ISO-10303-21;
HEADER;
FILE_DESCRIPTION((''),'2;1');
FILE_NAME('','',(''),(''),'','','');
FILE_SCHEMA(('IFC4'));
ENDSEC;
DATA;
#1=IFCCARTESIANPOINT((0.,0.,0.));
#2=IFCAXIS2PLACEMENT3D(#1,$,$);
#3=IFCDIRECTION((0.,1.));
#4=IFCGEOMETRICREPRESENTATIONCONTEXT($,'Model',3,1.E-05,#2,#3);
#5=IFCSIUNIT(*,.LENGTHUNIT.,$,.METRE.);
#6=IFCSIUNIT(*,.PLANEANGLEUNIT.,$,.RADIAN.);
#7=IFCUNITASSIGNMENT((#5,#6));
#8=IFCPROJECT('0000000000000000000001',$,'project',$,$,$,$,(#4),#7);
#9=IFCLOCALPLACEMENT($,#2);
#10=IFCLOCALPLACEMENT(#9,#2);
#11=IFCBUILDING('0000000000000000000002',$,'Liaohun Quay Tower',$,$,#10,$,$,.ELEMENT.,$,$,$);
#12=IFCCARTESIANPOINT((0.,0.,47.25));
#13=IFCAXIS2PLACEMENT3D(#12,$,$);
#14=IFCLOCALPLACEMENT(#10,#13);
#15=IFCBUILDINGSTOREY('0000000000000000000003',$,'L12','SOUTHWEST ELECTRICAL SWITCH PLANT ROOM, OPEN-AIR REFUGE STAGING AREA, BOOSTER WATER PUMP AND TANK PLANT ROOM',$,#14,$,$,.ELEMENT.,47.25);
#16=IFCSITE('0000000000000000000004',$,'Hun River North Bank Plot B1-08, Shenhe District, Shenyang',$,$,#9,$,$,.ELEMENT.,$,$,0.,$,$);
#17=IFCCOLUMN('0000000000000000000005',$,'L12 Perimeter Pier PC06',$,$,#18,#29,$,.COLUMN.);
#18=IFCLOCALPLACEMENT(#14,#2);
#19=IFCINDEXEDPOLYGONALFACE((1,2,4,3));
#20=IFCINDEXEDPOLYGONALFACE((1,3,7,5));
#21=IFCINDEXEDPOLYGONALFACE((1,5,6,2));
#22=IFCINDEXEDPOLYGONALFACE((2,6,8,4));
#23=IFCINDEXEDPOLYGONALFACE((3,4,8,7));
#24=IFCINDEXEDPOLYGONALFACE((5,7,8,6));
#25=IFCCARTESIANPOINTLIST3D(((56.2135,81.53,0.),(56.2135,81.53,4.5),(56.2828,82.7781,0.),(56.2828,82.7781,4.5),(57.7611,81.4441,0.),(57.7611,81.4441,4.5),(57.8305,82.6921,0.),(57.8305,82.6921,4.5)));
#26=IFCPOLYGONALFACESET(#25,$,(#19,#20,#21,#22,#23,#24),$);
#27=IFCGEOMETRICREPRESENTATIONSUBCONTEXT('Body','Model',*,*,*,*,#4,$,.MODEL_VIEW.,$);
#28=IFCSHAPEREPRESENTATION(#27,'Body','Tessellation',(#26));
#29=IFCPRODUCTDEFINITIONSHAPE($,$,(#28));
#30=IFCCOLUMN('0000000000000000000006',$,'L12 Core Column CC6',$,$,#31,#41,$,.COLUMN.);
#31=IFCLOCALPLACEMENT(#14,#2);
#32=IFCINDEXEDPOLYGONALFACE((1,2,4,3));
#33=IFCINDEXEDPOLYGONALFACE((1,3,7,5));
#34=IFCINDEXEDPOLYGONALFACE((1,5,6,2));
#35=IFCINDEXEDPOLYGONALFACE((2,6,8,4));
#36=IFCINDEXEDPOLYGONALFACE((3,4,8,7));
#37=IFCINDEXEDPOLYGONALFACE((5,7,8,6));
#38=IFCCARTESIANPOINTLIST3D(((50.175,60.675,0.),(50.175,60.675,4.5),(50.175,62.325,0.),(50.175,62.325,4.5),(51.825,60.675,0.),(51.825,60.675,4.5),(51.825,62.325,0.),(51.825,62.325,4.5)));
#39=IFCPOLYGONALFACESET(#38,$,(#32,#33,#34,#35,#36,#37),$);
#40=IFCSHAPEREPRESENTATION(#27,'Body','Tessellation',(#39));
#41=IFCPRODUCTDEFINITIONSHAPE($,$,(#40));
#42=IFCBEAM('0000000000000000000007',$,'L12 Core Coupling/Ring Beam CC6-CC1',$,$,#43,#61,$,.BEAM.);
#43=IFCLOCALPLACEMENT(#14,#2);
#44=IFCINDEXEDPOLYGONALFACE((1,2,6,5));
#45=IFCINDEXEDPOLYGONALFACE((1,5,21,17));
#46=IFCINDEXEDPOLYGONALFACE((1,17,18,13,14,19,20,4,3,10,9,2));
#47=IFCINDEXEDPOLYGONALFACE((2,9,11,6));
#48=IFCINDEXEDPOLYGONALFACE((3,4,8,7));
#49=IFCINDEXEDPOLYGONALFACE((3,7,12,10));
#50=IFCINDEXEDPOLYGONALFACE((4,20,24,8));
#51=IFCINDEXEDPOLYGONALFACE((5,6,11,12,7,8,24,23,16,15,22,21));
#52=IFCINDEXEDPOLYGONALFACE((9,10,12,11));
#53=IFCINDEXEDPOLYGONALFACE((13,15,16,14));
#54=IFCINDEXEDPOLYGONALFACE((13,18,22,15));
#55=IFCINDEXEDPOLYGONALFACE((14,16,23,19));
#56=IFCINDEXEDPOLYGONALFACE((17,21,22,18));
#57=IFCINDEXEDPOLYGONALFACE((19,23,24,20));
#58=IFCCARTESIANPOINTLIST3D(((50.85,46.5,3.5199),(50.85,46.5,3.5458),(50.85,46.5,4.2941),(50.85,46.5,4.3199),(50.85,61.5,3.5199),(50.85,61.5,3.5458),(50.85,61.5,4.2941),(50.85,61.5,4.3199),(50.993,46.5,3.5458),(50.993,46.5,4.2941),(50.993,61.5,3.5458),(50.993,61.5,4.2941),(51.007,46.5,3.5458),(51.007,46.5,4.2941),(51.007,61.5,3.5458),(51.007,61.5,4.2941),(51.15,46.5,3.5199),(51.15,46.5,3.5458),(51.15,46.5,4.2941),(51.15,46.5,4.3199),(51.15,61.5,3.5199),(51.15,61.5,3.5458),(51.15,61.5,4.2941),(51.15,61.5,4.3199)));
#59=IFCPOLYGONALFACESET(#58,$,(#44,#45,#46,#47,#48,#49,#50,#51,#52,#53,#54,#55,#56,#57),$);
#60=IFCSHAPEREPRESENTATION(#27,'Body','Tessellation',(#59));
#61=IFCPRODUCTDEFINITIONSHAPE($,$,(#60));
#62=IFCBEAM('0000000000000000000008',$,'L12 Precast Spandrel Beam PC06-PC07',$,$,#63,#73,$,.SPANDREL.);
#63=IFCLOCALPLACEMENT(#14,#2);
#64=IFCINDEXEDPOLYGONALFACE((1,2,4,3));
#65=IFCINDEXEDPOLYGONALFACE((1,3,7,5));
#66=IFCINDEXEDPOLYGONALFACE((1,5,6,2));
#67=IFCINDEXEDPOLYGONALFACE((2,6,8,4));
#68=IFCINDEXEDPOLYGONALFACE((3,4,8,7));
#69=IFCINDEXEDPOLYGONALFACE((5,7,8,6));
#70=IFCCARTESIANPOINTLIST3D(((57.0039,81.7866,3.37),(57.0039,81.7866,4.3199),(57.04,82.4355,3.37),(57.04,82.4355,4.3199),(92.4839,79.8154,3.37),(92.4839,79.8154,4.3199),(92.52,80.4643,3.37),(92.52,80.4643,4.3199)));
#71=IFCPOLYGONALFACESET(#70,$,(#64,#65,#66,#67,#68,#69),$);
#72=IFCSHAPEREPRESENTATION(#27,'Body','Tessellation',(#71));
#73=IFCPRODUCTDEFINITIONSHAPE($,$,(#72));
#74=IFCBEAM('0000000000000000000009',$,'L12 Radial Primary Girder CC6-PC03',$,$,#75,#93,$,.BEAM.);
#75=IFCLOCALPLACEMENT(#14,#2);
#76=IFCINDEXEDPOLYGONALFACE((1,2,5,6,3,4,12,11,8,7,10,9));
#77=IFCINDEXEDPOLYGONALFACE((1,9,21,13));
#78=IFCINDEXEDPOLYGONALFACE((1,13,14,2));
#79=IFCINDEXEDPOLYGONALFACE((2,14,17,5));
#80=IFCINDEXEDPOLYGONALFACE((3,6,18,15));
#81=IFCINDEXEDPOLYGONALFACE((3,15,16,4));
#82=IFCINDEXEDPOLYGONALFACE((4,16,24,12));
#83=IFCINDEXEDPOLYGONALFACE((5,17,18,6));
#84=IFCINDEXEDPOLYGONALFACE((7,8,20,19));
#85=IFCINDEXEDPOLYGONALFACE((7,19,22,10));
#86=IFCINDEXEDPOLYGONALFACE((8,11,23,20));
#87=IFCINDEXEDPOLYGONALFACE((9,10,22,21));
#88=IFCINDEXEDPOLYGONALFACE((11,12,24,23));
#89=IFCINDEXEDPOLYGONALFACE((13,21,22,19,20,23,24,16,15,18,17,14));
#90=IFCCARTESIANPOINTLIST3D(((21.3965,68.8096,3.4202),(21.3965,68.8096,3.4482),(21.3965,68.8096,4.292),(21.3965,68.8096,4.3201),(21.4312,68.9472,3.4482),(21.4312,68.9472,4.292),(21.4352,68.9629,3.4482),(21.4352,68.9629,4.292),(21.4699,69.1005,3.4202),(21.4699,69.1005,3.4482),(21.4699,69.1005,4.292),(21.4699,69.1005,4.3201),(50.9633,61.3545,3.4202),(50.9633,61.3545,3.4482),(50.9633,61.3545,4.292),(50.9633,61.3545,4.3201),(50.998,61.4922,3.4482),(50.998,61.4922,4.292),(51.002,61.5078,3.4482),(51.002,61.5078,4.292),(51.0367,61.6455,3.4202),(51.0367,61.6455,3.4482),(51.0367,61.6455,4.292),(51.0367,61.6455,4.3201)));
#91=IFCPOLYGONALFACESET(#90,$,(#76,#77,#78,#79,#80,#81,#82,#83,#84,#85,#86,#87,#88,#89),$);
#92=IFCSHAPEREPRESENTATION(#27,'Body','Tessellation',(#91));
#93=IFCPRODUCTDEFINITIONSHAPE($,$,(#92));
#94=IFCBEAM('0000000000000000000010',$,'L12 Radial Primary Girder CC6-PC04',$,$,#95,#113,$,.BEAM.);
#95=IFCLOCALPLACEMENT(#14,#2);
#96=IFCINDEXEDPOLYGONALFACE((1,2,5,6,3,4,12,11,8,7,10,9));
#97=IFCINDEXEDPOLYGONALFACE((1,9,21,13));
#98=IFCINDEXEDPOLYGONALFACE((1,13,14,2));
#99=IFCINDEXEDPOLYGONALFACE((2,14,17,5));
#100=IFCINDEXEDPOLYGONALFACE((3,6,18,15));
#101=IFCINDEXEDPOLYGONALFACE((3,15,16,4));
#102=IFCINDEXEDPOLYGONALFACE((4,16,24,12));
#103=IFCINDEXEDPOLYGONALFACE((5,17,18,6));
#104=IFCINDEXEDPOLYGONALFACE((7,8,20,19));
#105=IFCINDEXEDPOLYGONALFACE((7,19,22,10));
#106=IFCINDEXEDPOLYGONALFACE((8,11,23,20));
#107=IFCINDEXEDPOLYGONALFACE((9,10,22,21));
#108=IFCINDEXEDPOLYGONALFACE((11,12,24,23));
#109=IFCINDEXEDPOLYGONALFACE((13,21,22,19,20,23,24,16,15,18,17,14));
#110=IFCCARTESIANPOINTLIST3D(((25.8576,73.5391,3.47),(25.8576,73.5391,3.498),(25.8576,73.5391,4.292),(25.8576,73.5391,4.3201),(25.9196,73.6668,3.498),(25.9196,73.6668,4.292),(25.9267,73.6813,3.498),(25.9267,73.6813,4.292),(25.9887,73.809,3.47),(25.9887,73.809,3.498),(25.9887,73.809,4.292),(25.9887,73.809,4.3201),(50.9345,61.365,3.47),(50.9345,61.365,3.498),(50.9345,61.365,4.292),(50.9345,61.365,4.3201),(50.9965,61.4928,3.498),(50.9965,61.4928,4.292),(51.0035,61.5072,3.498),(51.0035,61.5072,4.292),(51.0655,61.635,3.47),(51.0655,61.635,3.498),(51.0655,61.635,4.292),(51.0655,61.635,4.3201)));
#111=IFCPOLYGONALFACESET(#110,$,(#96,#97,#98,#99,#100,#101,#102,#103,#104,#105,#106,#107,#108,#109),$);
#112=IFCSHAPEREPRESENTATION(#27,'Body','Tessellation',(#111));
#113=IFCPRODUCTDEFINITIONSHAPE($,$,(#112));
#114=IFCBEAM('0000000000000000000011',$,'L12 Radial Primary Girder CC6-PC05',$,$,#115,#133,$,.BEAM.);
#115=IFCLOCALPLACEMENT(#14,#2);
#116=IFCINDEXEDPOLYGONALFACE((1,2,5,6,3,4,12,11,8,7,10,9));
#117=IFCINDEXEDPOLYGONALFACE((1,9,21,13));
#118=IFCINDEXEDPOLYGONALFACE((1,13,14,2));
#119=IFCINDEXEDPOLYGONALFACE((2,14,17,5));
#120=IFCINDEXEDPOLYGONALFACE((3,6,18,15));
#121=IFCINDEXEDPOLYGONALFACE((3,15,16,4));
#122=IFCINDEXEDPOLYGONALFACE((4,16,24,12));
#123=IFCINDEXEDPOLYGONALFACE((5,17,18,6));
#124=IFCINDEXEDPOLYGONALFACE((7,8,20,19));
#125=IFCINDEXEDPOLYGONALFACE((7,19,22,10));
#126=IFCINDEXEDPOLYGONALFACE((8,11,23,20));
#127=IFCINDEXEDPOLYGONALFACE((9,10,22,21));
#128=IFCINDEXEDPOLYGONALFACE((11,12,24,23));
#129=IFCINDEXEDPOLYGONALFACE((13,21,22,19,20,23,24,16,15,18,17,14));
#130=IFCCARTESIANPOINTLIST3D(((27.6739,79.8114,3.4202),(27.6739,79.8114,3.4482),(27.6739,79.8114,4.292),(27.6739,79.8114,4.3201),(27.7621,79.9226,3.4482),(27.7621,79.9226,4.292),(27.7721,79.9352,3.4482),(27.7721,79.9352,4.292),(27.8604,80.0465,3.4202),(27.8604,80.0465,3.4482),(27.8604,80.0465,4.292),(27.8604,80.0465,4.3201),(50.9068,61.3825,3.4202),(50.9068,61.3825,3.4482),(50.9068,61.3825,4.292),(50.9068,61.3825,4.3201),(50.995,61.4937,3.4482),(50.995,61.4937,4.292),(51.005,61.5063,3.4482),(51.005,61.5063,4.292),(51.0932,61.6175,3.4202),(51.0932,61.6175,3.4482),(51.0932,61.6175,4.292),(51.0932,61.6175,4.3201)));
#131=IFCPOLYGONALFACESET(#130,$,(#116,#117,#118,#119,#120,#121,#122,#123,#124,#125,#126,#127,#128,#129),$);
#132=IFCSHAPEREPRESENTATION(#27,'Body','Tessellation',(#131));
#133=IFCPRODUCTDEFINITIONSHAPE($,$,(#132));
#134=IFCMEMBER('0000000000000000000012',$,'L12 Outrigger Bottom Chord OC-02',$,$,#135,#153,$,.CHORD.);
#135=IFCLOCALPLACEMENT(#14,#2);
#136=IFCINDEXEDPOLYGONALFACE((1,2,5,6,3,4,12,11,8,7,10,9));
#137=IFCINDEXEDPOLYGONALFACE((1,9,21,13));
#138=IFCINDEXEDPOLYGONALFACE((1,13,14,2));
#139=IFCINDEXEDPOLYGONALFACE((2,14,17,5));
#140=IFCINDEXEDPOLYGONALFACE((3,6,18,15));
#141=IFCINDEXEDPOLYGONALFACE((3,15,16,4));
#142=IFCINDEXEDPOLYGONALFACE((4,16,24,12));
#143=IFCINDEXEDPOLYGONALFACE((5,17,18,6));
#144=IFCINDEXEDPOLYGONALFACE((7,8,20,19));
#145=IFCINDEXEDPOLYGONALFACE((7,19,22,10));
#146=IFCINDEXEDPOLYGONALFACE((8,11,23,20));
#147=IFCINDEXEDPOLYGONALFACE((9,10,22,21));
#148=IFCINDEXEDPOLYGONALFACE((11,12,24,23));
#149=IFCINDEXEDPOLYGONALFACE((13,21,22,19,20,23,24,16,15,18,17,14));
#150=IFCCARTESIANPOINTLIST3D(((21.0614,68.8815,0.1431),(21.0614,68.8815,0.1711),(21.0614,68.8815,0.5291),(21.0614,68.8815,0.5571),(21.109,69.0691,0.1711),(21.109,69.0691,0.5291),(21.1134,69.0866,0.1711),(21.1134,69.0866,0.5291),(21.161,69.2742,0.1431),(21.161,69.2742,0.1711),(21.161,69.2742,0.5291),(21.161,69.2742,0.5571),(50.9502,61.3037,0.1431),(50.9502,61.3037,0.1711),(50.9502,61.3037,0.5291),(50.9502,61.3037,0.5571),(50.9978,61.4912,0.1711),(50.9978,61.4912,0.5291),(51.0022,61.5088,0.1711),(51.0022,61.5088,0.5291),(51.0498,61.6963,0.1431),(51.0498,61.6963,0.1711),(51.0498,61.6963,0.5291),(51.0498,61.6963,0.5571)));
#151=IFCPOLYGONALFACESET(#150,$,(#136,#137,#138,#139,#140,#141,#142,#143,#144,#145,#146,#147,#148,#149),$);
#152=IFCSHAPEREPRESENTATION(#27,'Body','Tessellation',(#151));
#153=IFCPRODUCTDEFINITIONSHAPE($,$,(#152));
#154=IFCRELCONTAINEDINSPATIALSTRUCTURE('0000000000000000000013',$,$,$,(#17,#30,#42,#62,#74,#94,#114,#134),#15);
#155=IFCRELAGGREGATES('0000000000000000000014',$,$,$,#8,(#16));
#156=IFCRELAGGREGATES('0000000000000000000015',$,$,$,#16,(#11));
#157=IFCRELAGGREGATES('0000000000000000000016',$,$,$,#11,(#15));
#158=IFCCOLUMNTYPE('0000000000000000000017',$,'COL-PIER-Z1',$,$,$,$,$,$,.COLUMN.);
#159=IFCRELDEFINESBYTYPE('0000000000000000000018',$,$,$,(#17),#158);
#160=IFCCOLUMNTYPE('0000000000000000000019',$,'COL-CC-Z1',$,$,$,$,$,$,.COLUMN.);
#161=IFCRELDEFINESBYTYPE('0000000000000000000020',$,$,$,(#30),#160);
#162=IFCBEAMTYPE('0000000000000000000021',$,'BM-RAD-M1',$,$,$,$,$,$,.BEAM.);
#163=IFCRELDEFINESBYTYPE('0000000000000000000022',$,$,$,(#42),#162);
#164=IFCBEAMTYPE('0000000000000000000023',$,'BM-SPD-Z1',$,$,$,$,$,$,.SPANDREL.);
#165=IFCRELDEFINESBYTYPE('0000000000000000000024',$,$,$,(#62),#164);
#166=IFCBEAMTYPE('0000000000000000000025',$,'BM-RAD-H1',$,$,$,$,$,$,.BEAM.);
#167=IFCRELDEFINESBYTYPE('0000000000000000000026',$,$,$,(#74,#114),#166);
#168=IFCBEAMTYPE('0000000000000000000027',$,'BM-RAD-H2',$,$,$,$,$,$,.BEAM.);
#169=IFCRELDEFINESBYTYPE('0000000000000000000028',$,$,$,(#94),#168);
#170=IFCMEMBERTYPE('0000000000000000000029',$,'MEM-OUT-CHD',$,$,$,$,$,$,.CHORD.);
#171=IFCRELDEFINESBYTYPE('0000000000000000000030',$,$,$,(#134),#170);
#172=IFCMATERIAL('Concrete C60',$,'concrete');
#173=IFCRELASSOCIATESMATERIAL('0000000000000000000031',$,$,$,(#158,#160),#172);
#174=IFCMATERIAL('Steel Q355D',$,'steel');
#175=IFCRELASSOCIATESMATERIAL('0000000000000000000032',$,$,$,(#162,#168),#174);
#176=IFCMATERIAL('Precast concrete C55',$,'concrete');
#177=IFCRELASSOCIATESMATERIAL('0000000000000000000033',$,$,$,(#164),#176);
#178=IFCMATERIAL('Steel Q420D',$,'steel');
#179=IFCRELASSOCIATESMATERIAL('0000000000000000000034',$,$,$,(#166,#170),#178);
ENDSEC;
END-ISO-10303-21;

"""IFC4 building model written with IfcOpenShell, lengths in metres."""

from ifc_helpers import new_model, si_unit, direction, frame, origin, origin_2d, place, context, subcontext, project, spatial, rectangle, i_section, extrude, source, transform, mapped, material, material_profile, profile_set, type_object, element, save


model = new_model("IFC4")

# Units and contexts
model_context = context("Model", 3, precision=1e-05, world=origin(), true_north=direction((0.0, 1.0)))
body_context = subcontext(model_context, "Body", "Model", "MODEL_VIEW")
ifc_project = project(units=[si_unit("LENGTHUNIT", "METRE"), si_unit("PLANEANGLEUNIT", "RADIAN")], contexts=[model_context])

# Site, building, storey
site_placement = place(None, origin())
site = spatial("IfcSite", under=ifc_project, at=site_placement, Name="Hun River North Bank Plot B1-08, Shenhe District, Shenyang", CompositionType="ELEMENT", RefElevation=0.0)
building_placement = place(site_placement, origin())
building = spatial("IfcBuilding", under=site, at=building_placement, Name="Liaohun Quay Tower", CompositionType="ELEMENT")
storey_placement = place(building_placement, frame((0.0, 0.0, 47.25)))
storey = spatial("IfcBuildingStorey", under=building, at=storey_placement, Name="L12", Description="SOUTHWEST ELECTRICAL SWITCH PLANT ROOM, OPEN-AIR REFUGE STAGING AREA, BOOSTER WATER PUMP AND TANK PLANT ROOM", CompositionType="ELEMENT", Elevation=47.25)

# Columns
ifc_material_1 = material(Name="Concrete C60", Category="concrete")
ifc_material_profile_1 = material_profile(ifc_material_1, rectangle(XDim=1.55, YDim=1.25, at=origin_2d()), Name="RC1550x1250")
ifc_profile_set_1 = profile_set([ifc_material_profile_1], Name="Concrete C60")
column_type_1 = type_object("IfcColumnType", Name="COL-PIER-Z1", PredefinedType="COLUMN", material=ifc_profile_set_1)
shared_shape_1 = source(origin(), body_context, "Body", "SweptSolid", [
    extrude(rectangle(XDim=1.55, YDim=1.25, at=origin_2d()), origin(), (0.0, 0.0, 1.0), 4.5),
])
column_1_placement = place(storey_placement, frame((57.022, 82.1111, 0.0), z_axis=(0.0, 0.0, 1.0), x_axis=(-0.99846, 0.055473, 0.0)))
element("IfcColumn", 1, at=column_1_placement, inside=storey, type_object=column_type_1, Name="L12 Perimeter Pier PC06", PredefinedType="COLUMN", context=body_context, shape_type="MappedRepresentation", body=[
    mapped(shared_shape_1, transform((0.0, 0.0, 0.0), x_axis=(1.0, 0.0, 0.0), y_axis=(0.0, 1.0, 0.0), z_axis=(0.0, 0.0, 1.0), scale=1.0)),
])
ifc_material_profile_2 = material_profile(ifc_material_1, rectangle(XDim=1.6499, YDim=1.6499, at=origin_2d()), Name="RC1650x1650")
ifc_profile_set_2 = profile_set([ifc_material_profile_2], Name="Concrete C60")
column_type_2 = type_object("IfcColumnType", Name="COL-CC-Z1", PredefinedType="COLUMN", material=ifc_profile_set_2)
shared_shape_2 = source(origin(), body_context, "Body", "SweptSolid", [
    extrude(rectangle(XDim=1.6499, YDim=1.6499, at=origin_2d()), origin(), (0.0, 0.0, 1.0), 4.5),
])
column_2_placement = place(storey_placement, frame((51.0, 61.5, 0.0), z_axis=(0.0, 0.0, 1.0), x_axis=(1.0, 0.0, 0.0)))
element("IfcColumn", 2, at=column_2_placement, inside=storey, type_object=column_type_2, Name="L12 Core Column CC6", PredefinedType="COLUMN", context=body_context, shape_type="MappedRepresentation", body=[
    mapped(shared_shape_2, transform((0.0, 0.0, 0.0), x_axis=(1.0, 0.0, 0.0), y_axis=(0.0, 1.0, 0.0), z_axis=(0.0, 0.0, 1.0), scale=1.0)),
])

# Beams
ifc_material_2 = material(Name="Steel Q355D", Category="steel")
ifc_material_profile_3 = material_profile(ifc_material_2, i_section(OverallWidth=0.3, OverallDepth=0.8, WebThickness=0.0139, FlangeThickness=0.0259, at=origin_2d()), Name="HN800x300x14x26")
ifc_profile_set_3 = profile_set([ifc_material_profile_3], Name="Steel Q355D")
beam_type_1 = type_object("IfcBeamType", Name="BM-RAD-M1", PredefinedType="BEAM", material=ifc_profile_set_3)
shared_shape_3 = source(origin(), body_context, "Body", "SweptSolid", [
    extrude(i_section(OverallWidth=0.3, OverallDepth=0.8, WebThickness=0.0139, FlangeThickness=0.0259, at=origin_2d()), origin(), (0.0, 0.0, 1.0), 15.0),
])
beam_1_placement = place(storey_placement, frame((51.0, 61.5, 3.9199), z_axis=(0.0, -1.0, 0.0), x_axis=(1.0, 0.0, 0.0)))
element("IfcBeam", 3, at=beam_1_placement, inside=storey, type_object=beam_type_1, Name="L12 Core Coupling/Ring Beam CC6-CC1", PredefinedType="BEAM", context=body_context, shape_type="MappedRepresentation", body=[
    mapped(shared_shape_3, transform((0.0, 0.0, 0.0), x_axis=(1.0, 0.0, 0.0), y_axis=(0.0, 1.0, 0.0), z_axis=(0.0, 0.0, 1.0), scale=1.0)),
])
ifc_material_3 = material(Name="Precast concrete C55", Category="concrete")
ifc_material_profile_4 = material_profile(ifc_material_3, rectangle(XDim=0.6499, YDim=0.95, at=origin_2d()), Name="RC650x950")
ifc_profile_set_4 = profile_set([ifc_material_profile_4], Name="Precast concrete C55")
beam_type_2 = type_object("IfcBeamType", Name="BM-SPD-Z1", PredefinedType="SPANDREL", material=ifc_profile_set_4)
shared_shape_4 = source(origin(), body_context, "Body", "SweptSolid", [
    extrude(rectangle(XDim=0.6499, YDim=0.95, at=origin_2d()), origin(), (0.0, 0.0, 1.0), 35.5347),
])
beam_2_placement = place(storey_placement, frame((57.022, 82.1111, 3.845), z_axis=(0.99846, -0.055472, 0.0), x_axis=(0.055472, 0.99846, 0.0)))
element("IfcBeam", 4, at=beam_2_placement, inside=storey, type_object=beam_type_2, Name="L12 Precast Spandrel Beam PC06-PC07", PredefinedType="SPANDREL", context=body_context, shape_type="MappedRepresentation", body=[
    mapped(shared_shape_4, transform((0.0, 0.0, 0.0), x_axis=(1.0, 0.0, 0.0), y_axis=(0.0, 1.0, 0.0), z_axis=(0.0, 0.0, 1.0), scale=1.0)),
])
ifc_material_4 = material(Name="Steel Q420D", Category="steel")
ifc_material_profile_5 = material_profile(ifc_material_4, i_section(OverallWidth=0.3, OverallDepth=0.8999, WebThickness=0.0161, FlangeThickness=0.0281, at=origin_2d()), Name="HN900x300x16x28")
ifc_profile_set_5 = profile_set([ifc_material_profile_5], Name="Steel Q420D")
beam_type_3 = type_object("IfcBeamType", Name="BM-RAD-H1", PredefinedType="BEAM", material=ifc_profile_set_5)
shared_shape_5 = source(origin(), body_context, "Body", "SweptSolid", [
    extrude(i_section(OverallWidth=0.3, OverallDepth=0.8999, WebThickness=0.0161, FlangeThickness=0.0281, at=origin_2d()), origin(), (0.0, 0.0, 1.0), 30.4922),
])
beam_3_placement = place(storey_placement, frame((51.0, 61.5, 3.8701), z_axis=(-0.969652, 0.244491, 0.0), x_axis=(-0.244491, -0.969652, 0.0)))
element("IfcBeam", 5, at=beam_3_placement, inside=storey, type_object=beam_type_3, Name="L12 Radial Primary Girder CC6-PC03", PredefinedType="BEAM", context=body_context, shape_type="MappedRepresentation", body=[
    mapped(shared_shape_5, transform((0.0, 0.0, 0.0), x_axis=(1.0, 0.0, 0.0), y_axis=(0.0, 1.0, 0.0), z_axis=(0.0, 0.0, 1.0), scale=1.0)),
])
ifc_material_profile_6 = material_profile(ifc_material_2, i_section(OverallWidth=0.3, OverallDepth=0.8501, WebThickness=0.0161, FlangeThickness=0.0281, at=origin_2d()), Name="HN850x300x16x28")
ifc_profile_set_6 = profile_set([ifc_material_profile_6], Name="Steel Q355D")
beam_type_4 = type_object("IfcBeamType", Name="BM-RAD-H2", PredefinedType="BEAM", material=ifc_profile_set_6)
shared_shape_6 = source(origin(), body_context, "Body", "SweptSolid", [
    extrude(i_section(OverallWidth=0.3, OverallDepth=0.8501, WebThickness=0.0161, FlangeThickness=0.0281, at=origin_2d()), origin(), (0.0, 0.0, 1.0), 27.8757),
])
beam_4_placement = place(storey_placement, frame((51.0, 61.5, 3.895), z_axis=(-0.899595, 0.436726, 0.0), x_axis=(-0.436726, -0.899595, 0.0)))
element("IfcBeam", 6, at=beam_4_placement, inside=storey, type_object=beam_type_4, Name="L12 Radial Primary Girder CC6-PC04", PredefinedType="BEAM", context=body_context, shape_type="MappedRepresentation", body=[
    mapped(shared_shape_6, transform((0.0, 0.0, 0.0), x_axis=(1.0, 0.0, 0.0), y_axis=(0.0, 1.0, 0.0), z_axis=(0.0, 0.0, 1.0), scale=1.0)),
])
shared_shape_7 = source(origin(), body_context, "Body", "SweptSolid", [
    extrude(i_section(OverallWidth=0.3, OverallDepth=0.8999, WebThickness=0.0161, FlangeThickness=0.0281, at=origin_2d()), origin(), (0.0, 0.0, 1.0), 29.6545),
])
beam_5_placement = place(storey_placement, frame((51.0, 61.5, 3.8701), z_axis=(-0.783451, 0.621454, 0.0), x_axis=(-0.621454, -0.783451, 0.0)))
element("IfcBeam", 7, at=beam_5_placement, inside=storey, type_object=beam_type_3, Name="L12 Radial Primary Girder CC6-PC05", PredefinedType="BEAM", context=body_context, shape_type="MappedRepresentation", body=[
    mapped(shared_shape_7, transform((0.0, 0.0, 0.0), x_axis=(1.0, 0.0, 0.0), y_axis=(0.0, 1.0, 0.0), z_axis=(0.0, 0.0, 1.0), scale=1.0)),
])

# Member
ifc_material_profile_7 = material_profile(ifc_material_4, i_section(OverallWidth=0.405, OverallDepth=0.4141, WebThickness=0.0181, FlangeThickness=0.0281, at=origin_2d()), Name="HW414x405x18x28")
ifc_profile_set_7 = profile_set([ifc_material_profile_7], Name="Steel Q420D")
member_type_1 = type_object("IfcMemberType", Name="MEM-OUT-CHD", PredefinedType="CHORD", material=ifc_profile_set_7)
shared_shape_8 = source(origin(), body_context, "Body", "SweptSolid", [
    extrude(i_section(OverallWidth=0.405, OverallDepth=0.4141, WebThickness=0.0181, FlangeThickness=0.0281, at=origin_2d()), origin(), (0.0, 0.0, 1.0), 30.8345),
])
member_1_placement = place(storey_placement, frame((51.0, 61.5, 0.3501), z_axis=(-0.969331, 0.245759, 0.0), x_axis=(-0.245759, -0.969331, 0.0)))
element("IfcMember", 8, at=member_1_placement, inside=storey, type_object=member_type_1, Name="L12 Outrigger Bottom Chord OC-02", PredefinedType="CHORD", context=body_context, shape_type="MappedRepresentation", body=[
    mapped(shared_shape_8, transform((0.0, 0.0, 0.0), x_axis=(1.0, 0.0, 0.0), y_axis=(0.0, 1.0, 0.0), z_axis=(0.0, 0.0, 1.0), scale=1.0)),
])

save(model, "model.ifc")
